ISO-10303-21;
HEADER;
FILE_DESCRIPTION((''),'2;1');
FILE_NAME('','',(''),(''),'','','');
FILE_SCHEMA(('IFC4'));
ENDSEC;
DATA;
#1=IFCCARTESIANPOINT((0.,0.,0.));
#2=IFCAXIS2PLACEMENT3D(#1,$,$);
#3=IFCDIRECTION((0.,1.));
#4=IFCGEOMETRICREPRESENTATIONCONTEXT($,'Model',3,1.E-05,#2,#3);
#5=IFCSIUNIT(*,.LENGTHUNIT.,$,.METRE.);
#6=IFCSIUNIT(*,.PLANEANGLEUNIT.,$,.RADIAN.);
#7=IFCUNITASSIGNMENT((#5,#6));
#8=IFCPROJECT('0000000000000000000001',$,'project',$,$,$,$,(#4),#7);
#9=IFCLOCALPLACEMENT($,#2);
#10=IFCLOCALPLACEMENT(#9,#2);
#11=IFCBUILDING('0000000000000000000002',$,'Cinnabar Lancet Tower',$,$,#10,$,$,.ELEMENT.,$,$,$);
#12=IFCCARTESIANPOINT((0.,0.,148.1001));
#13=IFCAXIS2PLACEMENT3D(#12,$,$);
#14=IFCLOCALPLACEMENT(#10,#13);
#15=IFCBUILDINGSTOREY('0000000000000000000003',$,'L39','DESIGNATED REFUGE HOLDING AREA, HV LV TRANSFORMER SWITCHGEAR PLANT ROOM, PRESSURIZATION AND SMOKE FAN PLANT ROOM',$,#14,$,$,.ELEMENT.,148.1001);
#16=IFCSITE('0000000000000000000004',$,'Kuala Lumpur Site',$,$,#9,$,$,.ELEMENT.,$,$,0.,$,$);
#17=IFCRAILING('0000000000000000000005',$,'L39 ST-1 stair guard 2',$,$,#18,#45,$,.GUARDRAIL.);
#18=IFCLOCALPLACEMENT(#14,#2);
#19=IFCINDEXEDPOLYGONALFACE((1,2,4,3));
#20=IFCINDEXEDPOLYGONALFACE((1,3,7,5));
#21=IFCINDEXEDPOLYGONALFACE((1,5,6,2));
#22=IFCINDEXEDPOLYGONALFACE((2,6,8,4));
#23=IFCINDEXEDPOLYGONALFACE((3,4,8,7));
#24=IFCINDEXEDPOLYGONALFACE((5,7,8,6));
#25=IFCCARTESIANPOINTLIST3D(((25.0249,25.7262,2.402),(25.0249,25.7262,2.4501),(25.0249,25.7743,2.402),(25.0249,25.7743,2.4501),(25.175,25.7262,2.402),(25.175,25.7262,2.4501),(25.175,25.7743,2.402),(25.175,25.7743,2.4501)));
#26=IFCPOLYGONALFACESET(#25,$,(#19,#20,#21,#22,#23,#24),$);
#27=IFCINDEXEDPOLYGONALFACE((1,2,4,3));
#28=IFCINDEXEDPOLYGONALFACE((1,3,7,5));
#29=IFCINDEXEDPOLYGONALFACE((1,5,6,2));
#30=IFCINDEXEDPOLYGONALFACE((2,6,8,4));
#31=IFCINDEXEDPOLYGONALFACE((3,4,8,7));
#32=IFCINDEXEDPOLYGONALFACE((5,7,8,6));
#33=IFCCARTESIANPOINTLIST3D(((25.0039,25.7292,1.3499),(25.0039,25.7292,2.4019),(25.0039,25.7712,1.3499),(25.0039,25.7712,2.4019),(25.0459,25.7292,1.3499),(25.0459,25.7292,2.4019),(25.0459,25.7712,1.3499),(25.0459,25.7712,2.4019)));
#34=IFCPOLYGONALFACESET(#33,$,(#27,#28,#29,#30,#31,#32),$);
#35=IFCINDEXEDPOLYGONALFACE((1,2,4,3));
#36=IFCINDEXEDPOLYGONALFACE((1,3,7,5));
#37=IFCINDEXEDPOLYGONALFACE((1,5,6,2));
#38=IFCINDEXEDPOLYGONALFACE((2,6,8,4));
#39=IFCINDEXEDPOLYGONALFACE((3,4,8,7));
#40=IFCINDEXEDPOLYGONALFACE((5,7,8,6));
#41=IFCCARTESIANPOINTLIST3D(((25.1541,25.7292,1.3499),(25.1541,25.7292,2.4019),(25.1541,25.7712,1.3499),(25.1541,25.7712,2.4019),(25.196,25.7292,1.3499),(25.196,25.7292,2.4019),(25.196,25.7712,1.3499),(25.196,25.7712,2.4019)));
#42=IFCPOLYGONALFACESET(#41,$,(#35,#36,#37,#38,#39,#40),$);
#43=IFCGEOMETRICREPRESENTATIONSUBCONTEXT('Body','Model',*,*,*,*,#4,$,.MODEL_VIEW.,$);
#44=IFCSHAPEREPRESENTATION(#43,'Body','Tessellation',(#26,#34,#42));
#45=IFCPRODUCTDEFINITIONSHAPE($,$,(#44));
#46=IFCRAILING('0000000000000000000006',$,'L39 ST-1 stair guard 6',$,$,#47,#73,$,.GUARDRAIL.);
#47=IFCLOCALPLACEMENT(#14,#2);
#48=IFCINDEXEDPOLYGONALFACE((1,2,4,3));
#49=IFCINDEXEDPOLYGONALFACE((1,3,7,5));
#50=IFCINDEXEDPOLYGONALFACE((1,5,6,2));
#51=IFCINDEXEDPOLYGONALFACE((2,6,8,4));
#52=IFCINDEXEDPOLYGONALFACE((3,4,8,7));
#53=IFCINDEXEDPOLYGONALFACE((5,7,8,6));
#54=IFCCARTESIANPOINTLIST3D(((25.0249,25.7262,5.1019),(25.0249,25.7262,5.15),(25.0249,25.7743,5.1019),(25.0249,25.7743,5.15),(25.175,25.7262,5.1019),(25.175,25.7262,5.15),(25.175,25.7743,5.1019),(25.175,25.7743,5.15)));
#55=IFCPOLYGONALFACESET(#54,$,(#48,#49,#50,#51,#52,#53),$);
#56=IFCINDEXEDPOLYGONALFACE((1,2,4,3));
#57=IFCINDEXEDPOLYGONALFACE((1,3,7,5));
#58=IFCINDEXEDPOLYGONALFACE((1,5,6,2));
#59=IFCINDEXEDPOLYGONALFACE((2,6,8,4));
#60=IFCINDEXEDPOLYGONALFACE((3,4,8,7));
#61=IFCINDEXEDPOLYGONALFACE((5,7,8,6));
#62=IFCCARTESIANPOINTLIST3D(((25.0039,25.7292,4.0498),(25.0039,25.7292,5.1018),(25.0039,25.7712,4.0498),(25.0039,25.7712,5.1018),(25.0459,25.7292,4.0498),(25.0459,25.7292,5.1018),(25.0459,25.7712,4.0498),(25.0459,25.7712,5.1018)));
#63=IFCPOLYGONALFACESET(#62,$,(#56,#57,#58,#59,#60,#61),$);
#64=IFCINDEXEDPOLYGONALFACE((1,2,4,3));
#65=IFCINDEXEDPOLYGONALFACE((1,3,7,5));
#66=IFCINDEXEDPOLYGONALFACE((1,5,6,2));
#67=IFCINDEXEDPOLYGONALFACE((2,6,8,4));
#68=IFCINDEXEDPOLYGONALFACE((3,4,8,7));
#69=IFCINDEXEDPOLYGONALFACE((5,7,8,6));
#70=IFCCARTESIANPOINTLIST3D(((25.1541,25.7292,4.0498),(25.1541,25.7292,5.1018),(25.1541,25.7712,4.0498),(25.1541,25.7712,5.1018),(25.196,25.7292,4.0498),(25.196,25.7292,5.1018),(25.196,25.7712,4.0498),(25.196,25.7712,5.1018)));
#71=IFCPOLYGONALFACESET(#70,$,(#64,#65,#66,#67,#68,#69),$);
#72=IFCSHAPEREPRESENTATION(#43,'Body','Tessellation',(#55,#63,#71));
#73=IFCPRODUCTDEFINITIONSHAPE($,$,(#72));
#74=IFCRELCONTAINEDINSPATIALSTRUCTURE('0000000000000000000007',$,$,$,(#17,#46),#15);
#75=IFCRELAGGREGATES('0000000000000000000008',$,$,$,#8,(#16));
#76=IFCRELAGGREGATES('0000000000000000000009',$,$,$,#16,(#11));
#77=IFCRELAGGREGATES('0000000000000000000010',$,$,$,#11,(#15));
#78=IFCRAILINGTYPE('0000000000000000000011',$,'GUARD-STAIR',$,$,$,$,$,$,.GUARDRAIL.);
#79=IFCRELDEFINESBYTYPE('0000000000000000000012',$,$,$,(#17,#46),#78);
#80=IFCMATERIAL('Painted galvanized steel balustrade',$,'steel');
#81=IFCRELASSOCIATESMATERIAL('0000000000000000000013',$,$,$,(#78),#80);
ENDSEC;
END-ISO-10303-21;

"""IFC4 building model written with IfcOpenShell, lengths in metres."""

from ifc_helpers import new_model, si_unit, direction, frame, origin, origin_2d, place, context, subcontext, project, spatial, rectangle, extrude, material, type_object, element, save


model = new_model("IFC4")

# Units and contexts
model_context = context("Model", 3, precision=1e-05, world=origin(), true_north=direction((0.0, 1.0)))
body_context = subcontext(model_context, "Body", "Model", "MODEL_VIEW")
ifc_project = project(units=[si_unit("LENGTHUNIT", "METRE"), si_unit("PLANEANGLEUNIT", "RADIAN")], contexts=[model_context])

# Site, building, storey
site_placement = place(None, origin())
site = spatial("IfcSite", under=ifc_project, at=site_placement, Name="Kuala Lumpur Site", CompositionType="ELEMENT", RefElevation=0.0)
building_placement = place(site_placement, origin())
building = spatial("IfcBuilding", under=site, at=building_placement, Name="Cinnabar Lancet Tower", CompositionType="ELEMENT")
storey_placement = place(building_placement, frame((0.0, 0.0, 148.1001)))
storey = spatial("IfcBuildingStorey", under=building, at=storey_placement, Name="L39", Description="DESIGNATED REFUGE HOLDING AREA, HV LV TRANSFORMER SWITCHGEAR PLANT ROOM, PRESSURIZATION AND SMOKE FAN PLANT ROOM", CompositionType="ELEMENT", Elevation=148.1001)

# Railings
ifc_material_1 = material(Name="Painted galvanized steel balustrade", Category="steel")
railing_type = type_object("IfcRailingType", Name="GUARD-STAIR", PredefinedType="GUARDRAIL", material=ifc_material_1)
for number, where, name in (
    (1, (25.0249, 25.7502, 1.3499), "L39 ST-1 stair guard 2"),
    (2, (25.0249, 25.7502, 4.0498), "L39 ST-1 stair guard 6"),
):
    element("IfcRailing", number, at=place(storey_placement, frame(where)), inside=storey, type_object=railing_type, Name=name, PredefinedType="GUARDRAIL", context=body_context, shape_type="SweptSolid", body=[
        extrude(rectangle(XDim=0.0481, YDim=0.0481, at=origin_2d()), frame((0.0, 0.0, 1.0762), z_axis=(1.0, 0.0, 0.0), x_axis=(0.0, 1.0, 0.0)), (0.0, 0.0, 1.0), 0.1501),
        extrude(rectangle(XDim=0.042, YDim=0.042, at=origin_2d()), origin(), (0.0, 0.0, 1.0), 1.052),
        extrude(rectangle(XDim=0.042, YDim=0.042, at=origin_2d()), frame((0.1501, 0.0, 0.0)), (0.0, 0.0, 1.0), 1.052),
    ])

save(model, "model.ifc")
